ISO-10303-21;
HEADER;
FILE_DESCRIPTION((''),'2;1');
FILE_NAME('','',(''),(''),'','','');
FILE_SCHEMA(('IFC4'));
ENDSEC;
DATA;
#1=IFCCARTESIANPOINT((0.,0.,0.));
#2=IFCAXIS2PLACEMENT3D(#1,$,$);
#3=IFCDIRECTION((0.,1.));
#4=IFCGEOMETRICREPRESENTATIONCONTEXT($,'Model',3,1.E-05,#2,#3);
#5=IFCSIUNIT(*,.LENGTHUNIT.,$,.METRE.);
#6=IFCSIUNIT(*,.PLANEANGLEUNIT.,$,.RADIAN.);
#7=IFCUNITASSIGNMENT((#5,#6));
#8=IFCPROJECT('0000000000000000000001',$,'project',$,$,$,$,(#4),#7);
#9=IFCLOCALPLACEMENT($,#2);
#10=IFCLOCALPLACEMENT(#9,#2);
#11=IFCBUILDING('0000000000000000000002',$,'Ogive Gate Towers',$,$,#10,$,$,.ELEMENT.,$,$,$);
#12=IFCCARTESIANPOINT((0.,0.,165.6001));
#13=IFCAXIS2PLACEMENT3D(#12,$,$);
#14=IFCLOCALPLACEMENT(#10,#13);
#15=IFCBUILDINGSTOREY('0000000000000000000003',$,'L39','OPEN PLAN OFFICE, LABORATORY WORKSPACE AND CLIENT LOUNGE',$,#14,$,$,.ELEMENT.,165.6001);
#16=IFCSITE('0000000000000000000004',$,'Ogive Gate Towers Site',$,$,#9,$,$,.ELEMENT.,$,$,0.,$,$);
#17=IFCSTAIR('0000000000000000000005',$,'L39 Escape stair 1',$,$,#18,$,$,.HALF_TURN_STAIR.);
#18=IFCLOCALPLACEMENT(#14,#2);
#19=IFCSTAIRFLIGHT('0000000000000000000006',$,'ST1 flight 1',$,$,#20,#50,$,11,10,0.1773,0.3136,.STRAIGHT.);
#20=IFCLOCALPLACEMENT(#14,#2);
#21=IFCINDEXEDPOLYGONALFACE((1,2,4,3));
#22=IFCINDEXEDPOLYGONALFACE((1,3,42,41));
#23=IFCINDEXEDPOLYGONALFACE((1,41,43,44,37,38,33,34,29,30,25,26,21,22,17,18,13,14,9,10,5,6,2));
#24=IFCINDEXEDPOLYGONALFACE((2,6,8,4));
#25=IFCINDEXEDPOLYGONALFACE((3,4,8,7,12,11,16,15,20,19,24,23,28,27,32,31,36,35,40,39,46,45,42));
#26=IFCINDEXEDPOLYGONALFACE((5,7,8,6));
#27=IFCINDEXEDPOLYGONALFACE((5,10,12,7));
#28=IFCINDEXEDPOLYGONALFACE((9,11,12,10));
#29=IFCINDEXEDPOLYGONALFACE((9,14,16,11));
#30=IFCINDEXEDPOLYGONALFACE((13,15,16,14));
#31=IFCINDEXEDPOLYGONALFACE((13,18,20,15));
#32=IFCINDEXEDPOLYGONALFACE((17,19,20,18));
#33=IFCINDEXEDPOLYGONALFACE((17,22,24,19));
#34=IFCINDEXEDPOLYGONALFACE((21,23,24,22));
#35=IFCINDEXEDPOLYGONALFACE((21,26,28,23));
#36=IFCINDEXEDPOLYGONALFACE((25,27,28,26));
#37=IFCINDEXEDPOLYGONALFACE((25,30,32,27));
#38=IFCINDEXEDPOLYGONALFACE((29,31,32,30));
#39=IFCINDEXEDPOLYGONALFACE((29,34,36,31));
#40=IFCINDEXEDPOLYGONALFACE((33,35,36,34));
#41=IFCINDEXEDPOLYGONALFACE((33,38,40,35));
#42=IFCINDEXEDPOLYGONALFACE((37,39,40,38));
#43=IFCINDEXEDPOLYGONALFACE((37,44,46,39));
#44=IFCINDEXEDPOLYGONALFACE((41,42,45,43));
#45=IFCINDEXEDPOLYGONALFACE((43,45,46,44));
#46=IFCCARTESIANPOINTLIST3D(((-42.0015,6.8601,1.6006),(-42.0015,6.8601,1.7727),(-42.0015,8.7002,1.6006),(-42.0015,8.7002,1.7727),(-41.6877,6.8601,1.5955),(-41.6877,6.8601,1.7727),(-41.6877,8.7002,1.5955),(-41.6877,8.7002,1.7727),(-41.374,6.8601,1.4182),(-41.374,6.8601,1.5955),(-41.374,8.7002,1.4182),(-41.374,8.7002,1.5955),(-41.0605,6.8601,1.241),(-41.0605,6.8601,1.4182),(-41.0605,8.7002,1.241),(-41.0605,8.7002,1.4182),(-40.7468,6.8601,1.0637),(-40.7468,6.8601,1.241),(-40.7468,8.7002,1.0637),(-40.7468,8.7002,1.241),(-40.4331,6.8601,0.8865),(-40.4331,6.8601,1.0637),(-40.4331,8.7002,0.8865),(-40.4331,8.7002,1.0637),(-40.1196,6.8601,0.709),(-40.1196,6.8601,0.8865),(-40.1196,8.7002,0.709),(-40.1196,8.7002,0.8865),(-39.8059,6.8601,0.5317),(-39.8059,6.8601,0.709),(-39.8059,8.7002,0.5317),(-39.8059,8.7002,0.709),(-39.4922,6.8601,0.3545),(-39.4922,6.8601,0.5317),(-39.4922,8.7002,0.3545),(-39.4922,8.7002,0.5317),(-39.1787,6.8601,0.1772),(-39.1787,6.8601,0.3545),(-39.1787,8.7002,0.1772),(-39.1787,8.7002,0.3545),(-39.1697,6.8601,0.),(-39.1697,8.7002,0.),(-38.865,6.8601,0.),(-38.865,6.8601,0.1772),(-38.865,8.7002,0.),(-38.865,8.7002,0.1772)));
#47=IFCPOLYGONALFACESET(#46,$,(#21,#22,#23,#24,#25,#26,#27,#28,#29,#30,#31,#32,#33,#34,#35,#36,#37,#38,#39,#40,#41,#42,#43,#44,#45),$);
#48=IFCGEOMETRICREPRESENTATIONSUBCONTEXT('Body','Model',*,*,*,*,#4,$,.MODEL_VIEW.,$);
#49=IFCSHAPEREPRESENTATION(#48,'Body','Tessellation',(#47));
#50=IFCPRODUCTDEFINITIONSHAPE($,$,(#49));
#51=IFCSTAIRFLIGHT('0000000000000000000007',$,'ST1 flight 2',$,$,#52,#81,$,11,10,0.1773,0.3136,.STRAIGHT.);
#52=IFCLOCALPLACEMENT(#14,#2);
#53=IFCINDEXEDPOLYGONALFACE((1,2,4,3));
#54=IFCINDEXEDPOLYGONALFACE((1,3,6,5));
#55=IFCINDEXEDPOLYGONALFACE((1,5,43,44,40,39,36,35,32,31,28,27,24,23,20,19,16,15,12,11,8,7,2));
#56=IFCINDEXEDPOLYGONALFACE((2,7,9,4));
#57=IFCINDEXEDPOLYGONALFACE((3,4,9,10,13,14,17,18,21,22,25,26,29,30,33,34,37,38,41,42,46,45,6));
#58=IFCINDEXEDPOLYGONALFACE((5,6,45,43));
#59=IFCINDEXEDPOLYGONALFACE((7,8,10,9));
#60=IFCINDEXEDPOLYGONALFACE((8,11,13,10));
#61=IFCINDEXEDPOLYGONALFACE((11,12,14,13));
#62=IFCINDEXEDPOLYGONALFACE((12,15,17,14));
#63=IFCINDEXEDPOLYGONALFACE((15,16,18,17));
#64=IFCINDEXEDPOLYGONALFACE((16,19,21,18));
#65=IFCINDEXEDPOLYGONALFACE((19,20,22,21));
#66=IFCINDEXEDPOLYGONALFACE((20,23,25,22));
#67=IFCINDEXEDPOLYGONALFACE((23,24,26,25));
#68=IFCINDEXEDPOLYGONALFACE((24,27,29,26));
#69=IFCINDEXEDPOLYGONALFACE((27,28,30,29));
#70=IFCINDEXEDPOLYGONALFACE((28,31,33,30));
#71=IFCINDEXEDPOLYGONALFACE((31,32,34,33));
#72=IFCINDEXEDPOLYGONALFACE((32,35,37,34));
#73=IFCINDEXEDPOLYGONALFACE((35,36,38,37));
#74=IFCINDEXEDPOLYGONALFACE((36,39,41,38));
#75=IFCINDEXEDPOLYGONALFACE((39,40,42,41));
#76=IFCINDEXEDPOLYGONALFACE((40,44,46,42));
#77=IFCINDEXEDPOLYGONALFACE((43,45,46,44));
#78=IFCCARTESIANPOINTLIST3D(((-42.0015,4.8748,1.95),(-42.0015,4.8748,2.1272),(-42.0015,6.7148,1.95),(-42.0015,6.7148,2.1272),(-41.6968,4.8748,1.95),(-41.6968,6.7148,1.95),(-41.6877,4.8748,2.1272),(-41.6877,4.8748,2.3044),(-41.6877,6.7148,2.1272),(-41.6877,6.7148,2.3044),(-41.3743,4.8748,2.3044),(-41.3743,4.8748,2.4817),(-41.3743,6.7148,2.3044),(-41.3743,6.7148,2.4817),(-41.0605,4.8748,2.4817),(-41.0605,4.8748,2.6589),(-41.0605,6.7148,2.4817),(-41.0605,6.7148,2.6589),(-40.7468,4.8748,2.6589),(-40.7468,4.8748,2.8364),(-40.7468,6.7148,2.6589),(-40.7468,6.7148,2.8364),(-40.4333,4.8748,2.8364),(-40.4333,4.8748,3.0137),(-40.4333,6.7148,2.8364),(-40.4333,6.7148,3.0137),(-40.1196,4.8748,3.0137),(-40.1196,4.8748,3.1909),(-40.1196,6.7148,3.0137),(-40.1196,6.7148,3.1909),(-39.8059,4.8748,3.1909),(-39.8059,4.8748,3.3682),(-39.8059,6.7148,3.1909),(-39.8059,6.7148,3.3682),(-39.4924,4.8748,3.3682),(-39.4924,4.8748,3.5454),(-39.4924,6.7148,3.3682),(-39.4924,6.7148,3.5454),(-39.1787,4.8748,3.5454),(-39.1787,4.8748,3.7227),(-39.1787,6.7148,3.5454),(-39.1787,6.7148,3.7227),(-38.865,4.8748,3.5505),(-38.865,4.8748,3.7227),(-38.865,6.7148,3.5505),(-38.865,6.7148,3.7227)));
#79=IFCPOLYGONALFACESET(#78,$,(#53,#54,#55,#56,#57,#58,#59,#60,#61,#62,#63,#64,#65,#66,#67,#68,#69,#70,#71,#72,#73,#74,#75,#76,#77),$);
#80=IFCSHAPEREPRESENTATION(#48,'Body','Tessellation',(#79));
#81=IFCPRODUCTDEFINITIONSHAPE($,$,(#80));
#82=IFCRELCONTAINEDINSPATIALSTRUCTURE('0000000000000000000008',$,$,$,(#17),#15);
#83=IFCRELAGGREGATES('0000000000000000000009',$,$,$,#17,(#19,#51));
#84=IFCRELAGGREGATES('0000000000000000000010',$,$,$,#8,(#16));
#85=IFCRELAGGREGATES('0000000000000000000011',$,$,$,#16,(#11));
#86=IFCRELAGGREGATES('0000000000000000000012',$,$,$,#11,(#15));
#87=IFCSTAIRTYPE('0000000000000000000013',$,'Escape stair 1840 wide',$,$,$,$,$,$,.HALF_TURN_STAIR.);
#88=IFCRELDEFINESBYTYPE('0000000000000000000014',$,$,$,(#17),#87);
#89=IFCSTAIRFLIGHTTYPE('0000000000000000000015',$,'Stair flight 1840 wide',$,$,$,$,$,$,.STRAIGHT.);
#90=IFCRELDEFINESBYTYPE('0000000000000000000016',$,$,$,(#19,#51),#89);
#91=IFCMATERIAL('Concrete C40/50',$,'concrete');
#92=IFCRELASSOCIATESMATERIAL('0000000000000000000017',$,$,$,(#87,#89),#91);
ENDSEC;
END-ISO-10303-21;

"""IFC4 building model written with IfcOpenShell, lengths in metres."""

from ifc_helpers import new_model, si_unit, direction, frame, origin, place, context, subcontext, project, spatial, polyline, outline, extrude, material, type_object, element, aggregate, save


model = new_model("IFC4")

# Units and contexts
model_context = context("Model", 3, precision=1e-05, world=origin(), true_north=direction((0.0, 1.0)))
body_context = subcontext(model_context, "Body", "Model", "MODEL_VIEW")
ifc_project = project(units=[si_unit("LENGTHUNIT", "METRE"), si_unit("PLANEANGLEUNIT", "RADIAN")], contexts=[model_context])

# Site, building, storey
site_placement = place(None, origin())
site = spatial("IfcSite", under=ifc_project, at=site_placement, Name="Ogive Gate Towers Site", CompositionType="ELEMENT", RefElevation=0.0)
building_placement = place(site_placement, origin())
building = spatial("IfcBuilding", under=site, at=building_placement, Name="Ogive Gate Towers", CompositionType="ELEMENT")
storey_placement = place(building_placement, frame((0.0, 0.0, 165.6001)))
storey = spatial("IfcBuildingStorey", under=building, at=storey_placement, Name="L39", Description="OPEN PLAN OFFICE, LABORATORY WORKSPACE AND CLIENT LOUNGE", CompositionType="ELEMENT", Elevation=165.6001)

# Stair, stair flights
ifc_material_1 = material(Name="Concrete C40/50", Category="concrete")
stair_type = type_object("IfcStairType", Name="Escape stair 1840 wide", PredefinedType="HALF_TURN_STAIR", material=ifc_material_1)
stair_placement = place(storey_placement, origin())
stair = element("IfcStair", 1, at=stair_placement, inside=storey, type_object=stair_type, Name="L39 Escape stair 1", PredefinedType="HALF_TURN_STAIR")
stair_flight_type = type_object("IfcStairFlightType", Name="Stair flight 1840 wide", PredefinedType="STRAIGHT", material=ifc_material_1)
stair_flight_1_placement = place(storey_placement, frame((-38.865, 7.78, 0.0), z_axis=(0.0, 0.0, 1.0), x_axis=(-1.0, 0.0, 0.0)))
stair_flight_1 = element("IfcStairFlight", 2, at=stair_flight_1_placement, type_object=stair_flight_type, Name="ST1 flight 1", NumberOfRisers=11, NumberOfTreads=10, PredefinedType="STRAIGHT", RiserHeight=0.1773, TreadLength=0.3136, context=body_context, shape_type="SweptSolid", body=[
    extrude(outline(polyline([(0.0, 0.0), (0.0, 0.1772), (0.3137, 0.1772), (0.3137, 0.3545), (0.6272, 0.3545), (0.6272, 0.5317), (0.9409, 0.5317), (0.9409, 0.709), (1.2546, 0.709), (1.2546, 0.8865), (1.5681, 0.8865), (1.5681, 1.0637), (1.8818, 1.0637), (1.8818, 1.241), (2.1956, 1.241), (2.1956, 1.4182), (2.509, 1.4182), (2.509, 1.5955), (2.8228, 1.5955), (2.8228, 1.7727), (3.1365, 1.7727), (3.1365, 1.95), (3.1365, 1.6006), (0.3047, 0.0), (0.0, 0.0)])), frame((0.0, 0.9199, 0.0), z_axis=(0.0, -1.0, 0.0), x_axis=(1.0, 0.0, 0.0)), (0.0, 0.0, 1.0), 1.8401),
])
stair_flight_2_placement = place(storey_placement, frame((-42.0015, 5.7949, 1.95), z_axis=(0.0, 0.0, 1.0), x_axis=(1.0, 0.0, 0.0)))
stair_flight_2 = element("IfcStairFlight", 3, at=stair_flight_2_placement, type_object=stair_flight_type, Name="ST1 flight 2", NumberOfRisers=11, NumberOfTreads=10, PredefinedType="STRAIGHT", RiserHeight=0.1773, TreadLength=0.3136, context=body_context, shape_type="SweptSolid", body=[
    extrude(outline(polyline([(0.0, 0.0), (0.0, 0.1772), (0.3137, 0.1772), (0.3137, 0.3545), (0.6272, 0.3545), (0.6272, 0.5317), (0.9409, 0.5317), (0.9409, 0.709), (1.2546, 0.709), (1.2546, 0.8865), (1.5681, 0.8865), (1.5681, 1.0637), (1.8818, 1.0637), (1.8818, 1.241), (2.1956, 1.241), (2.1956, 1.4182), (2.509, 1.4182), (2.509, 1.5955), (2.8228, 1.5955), (2.8228, 1.7727), (3.1365, 1.7727), (3.1365, 1.95), (3.1365, 1.6006), (0.3047, 0.0), (0.0, 0.0)])), frame((0.0, 0.9199, 0.0), z_axis=(0.0, -1.0, 0.0), x_axis=(1.0, 0.0, 0.0)), (0.0, 0.0, 1.0), 1.8401),
])
aggregate(stair, [stair_flight_1, stair_flight_2])

save(model, "model.ifc")
